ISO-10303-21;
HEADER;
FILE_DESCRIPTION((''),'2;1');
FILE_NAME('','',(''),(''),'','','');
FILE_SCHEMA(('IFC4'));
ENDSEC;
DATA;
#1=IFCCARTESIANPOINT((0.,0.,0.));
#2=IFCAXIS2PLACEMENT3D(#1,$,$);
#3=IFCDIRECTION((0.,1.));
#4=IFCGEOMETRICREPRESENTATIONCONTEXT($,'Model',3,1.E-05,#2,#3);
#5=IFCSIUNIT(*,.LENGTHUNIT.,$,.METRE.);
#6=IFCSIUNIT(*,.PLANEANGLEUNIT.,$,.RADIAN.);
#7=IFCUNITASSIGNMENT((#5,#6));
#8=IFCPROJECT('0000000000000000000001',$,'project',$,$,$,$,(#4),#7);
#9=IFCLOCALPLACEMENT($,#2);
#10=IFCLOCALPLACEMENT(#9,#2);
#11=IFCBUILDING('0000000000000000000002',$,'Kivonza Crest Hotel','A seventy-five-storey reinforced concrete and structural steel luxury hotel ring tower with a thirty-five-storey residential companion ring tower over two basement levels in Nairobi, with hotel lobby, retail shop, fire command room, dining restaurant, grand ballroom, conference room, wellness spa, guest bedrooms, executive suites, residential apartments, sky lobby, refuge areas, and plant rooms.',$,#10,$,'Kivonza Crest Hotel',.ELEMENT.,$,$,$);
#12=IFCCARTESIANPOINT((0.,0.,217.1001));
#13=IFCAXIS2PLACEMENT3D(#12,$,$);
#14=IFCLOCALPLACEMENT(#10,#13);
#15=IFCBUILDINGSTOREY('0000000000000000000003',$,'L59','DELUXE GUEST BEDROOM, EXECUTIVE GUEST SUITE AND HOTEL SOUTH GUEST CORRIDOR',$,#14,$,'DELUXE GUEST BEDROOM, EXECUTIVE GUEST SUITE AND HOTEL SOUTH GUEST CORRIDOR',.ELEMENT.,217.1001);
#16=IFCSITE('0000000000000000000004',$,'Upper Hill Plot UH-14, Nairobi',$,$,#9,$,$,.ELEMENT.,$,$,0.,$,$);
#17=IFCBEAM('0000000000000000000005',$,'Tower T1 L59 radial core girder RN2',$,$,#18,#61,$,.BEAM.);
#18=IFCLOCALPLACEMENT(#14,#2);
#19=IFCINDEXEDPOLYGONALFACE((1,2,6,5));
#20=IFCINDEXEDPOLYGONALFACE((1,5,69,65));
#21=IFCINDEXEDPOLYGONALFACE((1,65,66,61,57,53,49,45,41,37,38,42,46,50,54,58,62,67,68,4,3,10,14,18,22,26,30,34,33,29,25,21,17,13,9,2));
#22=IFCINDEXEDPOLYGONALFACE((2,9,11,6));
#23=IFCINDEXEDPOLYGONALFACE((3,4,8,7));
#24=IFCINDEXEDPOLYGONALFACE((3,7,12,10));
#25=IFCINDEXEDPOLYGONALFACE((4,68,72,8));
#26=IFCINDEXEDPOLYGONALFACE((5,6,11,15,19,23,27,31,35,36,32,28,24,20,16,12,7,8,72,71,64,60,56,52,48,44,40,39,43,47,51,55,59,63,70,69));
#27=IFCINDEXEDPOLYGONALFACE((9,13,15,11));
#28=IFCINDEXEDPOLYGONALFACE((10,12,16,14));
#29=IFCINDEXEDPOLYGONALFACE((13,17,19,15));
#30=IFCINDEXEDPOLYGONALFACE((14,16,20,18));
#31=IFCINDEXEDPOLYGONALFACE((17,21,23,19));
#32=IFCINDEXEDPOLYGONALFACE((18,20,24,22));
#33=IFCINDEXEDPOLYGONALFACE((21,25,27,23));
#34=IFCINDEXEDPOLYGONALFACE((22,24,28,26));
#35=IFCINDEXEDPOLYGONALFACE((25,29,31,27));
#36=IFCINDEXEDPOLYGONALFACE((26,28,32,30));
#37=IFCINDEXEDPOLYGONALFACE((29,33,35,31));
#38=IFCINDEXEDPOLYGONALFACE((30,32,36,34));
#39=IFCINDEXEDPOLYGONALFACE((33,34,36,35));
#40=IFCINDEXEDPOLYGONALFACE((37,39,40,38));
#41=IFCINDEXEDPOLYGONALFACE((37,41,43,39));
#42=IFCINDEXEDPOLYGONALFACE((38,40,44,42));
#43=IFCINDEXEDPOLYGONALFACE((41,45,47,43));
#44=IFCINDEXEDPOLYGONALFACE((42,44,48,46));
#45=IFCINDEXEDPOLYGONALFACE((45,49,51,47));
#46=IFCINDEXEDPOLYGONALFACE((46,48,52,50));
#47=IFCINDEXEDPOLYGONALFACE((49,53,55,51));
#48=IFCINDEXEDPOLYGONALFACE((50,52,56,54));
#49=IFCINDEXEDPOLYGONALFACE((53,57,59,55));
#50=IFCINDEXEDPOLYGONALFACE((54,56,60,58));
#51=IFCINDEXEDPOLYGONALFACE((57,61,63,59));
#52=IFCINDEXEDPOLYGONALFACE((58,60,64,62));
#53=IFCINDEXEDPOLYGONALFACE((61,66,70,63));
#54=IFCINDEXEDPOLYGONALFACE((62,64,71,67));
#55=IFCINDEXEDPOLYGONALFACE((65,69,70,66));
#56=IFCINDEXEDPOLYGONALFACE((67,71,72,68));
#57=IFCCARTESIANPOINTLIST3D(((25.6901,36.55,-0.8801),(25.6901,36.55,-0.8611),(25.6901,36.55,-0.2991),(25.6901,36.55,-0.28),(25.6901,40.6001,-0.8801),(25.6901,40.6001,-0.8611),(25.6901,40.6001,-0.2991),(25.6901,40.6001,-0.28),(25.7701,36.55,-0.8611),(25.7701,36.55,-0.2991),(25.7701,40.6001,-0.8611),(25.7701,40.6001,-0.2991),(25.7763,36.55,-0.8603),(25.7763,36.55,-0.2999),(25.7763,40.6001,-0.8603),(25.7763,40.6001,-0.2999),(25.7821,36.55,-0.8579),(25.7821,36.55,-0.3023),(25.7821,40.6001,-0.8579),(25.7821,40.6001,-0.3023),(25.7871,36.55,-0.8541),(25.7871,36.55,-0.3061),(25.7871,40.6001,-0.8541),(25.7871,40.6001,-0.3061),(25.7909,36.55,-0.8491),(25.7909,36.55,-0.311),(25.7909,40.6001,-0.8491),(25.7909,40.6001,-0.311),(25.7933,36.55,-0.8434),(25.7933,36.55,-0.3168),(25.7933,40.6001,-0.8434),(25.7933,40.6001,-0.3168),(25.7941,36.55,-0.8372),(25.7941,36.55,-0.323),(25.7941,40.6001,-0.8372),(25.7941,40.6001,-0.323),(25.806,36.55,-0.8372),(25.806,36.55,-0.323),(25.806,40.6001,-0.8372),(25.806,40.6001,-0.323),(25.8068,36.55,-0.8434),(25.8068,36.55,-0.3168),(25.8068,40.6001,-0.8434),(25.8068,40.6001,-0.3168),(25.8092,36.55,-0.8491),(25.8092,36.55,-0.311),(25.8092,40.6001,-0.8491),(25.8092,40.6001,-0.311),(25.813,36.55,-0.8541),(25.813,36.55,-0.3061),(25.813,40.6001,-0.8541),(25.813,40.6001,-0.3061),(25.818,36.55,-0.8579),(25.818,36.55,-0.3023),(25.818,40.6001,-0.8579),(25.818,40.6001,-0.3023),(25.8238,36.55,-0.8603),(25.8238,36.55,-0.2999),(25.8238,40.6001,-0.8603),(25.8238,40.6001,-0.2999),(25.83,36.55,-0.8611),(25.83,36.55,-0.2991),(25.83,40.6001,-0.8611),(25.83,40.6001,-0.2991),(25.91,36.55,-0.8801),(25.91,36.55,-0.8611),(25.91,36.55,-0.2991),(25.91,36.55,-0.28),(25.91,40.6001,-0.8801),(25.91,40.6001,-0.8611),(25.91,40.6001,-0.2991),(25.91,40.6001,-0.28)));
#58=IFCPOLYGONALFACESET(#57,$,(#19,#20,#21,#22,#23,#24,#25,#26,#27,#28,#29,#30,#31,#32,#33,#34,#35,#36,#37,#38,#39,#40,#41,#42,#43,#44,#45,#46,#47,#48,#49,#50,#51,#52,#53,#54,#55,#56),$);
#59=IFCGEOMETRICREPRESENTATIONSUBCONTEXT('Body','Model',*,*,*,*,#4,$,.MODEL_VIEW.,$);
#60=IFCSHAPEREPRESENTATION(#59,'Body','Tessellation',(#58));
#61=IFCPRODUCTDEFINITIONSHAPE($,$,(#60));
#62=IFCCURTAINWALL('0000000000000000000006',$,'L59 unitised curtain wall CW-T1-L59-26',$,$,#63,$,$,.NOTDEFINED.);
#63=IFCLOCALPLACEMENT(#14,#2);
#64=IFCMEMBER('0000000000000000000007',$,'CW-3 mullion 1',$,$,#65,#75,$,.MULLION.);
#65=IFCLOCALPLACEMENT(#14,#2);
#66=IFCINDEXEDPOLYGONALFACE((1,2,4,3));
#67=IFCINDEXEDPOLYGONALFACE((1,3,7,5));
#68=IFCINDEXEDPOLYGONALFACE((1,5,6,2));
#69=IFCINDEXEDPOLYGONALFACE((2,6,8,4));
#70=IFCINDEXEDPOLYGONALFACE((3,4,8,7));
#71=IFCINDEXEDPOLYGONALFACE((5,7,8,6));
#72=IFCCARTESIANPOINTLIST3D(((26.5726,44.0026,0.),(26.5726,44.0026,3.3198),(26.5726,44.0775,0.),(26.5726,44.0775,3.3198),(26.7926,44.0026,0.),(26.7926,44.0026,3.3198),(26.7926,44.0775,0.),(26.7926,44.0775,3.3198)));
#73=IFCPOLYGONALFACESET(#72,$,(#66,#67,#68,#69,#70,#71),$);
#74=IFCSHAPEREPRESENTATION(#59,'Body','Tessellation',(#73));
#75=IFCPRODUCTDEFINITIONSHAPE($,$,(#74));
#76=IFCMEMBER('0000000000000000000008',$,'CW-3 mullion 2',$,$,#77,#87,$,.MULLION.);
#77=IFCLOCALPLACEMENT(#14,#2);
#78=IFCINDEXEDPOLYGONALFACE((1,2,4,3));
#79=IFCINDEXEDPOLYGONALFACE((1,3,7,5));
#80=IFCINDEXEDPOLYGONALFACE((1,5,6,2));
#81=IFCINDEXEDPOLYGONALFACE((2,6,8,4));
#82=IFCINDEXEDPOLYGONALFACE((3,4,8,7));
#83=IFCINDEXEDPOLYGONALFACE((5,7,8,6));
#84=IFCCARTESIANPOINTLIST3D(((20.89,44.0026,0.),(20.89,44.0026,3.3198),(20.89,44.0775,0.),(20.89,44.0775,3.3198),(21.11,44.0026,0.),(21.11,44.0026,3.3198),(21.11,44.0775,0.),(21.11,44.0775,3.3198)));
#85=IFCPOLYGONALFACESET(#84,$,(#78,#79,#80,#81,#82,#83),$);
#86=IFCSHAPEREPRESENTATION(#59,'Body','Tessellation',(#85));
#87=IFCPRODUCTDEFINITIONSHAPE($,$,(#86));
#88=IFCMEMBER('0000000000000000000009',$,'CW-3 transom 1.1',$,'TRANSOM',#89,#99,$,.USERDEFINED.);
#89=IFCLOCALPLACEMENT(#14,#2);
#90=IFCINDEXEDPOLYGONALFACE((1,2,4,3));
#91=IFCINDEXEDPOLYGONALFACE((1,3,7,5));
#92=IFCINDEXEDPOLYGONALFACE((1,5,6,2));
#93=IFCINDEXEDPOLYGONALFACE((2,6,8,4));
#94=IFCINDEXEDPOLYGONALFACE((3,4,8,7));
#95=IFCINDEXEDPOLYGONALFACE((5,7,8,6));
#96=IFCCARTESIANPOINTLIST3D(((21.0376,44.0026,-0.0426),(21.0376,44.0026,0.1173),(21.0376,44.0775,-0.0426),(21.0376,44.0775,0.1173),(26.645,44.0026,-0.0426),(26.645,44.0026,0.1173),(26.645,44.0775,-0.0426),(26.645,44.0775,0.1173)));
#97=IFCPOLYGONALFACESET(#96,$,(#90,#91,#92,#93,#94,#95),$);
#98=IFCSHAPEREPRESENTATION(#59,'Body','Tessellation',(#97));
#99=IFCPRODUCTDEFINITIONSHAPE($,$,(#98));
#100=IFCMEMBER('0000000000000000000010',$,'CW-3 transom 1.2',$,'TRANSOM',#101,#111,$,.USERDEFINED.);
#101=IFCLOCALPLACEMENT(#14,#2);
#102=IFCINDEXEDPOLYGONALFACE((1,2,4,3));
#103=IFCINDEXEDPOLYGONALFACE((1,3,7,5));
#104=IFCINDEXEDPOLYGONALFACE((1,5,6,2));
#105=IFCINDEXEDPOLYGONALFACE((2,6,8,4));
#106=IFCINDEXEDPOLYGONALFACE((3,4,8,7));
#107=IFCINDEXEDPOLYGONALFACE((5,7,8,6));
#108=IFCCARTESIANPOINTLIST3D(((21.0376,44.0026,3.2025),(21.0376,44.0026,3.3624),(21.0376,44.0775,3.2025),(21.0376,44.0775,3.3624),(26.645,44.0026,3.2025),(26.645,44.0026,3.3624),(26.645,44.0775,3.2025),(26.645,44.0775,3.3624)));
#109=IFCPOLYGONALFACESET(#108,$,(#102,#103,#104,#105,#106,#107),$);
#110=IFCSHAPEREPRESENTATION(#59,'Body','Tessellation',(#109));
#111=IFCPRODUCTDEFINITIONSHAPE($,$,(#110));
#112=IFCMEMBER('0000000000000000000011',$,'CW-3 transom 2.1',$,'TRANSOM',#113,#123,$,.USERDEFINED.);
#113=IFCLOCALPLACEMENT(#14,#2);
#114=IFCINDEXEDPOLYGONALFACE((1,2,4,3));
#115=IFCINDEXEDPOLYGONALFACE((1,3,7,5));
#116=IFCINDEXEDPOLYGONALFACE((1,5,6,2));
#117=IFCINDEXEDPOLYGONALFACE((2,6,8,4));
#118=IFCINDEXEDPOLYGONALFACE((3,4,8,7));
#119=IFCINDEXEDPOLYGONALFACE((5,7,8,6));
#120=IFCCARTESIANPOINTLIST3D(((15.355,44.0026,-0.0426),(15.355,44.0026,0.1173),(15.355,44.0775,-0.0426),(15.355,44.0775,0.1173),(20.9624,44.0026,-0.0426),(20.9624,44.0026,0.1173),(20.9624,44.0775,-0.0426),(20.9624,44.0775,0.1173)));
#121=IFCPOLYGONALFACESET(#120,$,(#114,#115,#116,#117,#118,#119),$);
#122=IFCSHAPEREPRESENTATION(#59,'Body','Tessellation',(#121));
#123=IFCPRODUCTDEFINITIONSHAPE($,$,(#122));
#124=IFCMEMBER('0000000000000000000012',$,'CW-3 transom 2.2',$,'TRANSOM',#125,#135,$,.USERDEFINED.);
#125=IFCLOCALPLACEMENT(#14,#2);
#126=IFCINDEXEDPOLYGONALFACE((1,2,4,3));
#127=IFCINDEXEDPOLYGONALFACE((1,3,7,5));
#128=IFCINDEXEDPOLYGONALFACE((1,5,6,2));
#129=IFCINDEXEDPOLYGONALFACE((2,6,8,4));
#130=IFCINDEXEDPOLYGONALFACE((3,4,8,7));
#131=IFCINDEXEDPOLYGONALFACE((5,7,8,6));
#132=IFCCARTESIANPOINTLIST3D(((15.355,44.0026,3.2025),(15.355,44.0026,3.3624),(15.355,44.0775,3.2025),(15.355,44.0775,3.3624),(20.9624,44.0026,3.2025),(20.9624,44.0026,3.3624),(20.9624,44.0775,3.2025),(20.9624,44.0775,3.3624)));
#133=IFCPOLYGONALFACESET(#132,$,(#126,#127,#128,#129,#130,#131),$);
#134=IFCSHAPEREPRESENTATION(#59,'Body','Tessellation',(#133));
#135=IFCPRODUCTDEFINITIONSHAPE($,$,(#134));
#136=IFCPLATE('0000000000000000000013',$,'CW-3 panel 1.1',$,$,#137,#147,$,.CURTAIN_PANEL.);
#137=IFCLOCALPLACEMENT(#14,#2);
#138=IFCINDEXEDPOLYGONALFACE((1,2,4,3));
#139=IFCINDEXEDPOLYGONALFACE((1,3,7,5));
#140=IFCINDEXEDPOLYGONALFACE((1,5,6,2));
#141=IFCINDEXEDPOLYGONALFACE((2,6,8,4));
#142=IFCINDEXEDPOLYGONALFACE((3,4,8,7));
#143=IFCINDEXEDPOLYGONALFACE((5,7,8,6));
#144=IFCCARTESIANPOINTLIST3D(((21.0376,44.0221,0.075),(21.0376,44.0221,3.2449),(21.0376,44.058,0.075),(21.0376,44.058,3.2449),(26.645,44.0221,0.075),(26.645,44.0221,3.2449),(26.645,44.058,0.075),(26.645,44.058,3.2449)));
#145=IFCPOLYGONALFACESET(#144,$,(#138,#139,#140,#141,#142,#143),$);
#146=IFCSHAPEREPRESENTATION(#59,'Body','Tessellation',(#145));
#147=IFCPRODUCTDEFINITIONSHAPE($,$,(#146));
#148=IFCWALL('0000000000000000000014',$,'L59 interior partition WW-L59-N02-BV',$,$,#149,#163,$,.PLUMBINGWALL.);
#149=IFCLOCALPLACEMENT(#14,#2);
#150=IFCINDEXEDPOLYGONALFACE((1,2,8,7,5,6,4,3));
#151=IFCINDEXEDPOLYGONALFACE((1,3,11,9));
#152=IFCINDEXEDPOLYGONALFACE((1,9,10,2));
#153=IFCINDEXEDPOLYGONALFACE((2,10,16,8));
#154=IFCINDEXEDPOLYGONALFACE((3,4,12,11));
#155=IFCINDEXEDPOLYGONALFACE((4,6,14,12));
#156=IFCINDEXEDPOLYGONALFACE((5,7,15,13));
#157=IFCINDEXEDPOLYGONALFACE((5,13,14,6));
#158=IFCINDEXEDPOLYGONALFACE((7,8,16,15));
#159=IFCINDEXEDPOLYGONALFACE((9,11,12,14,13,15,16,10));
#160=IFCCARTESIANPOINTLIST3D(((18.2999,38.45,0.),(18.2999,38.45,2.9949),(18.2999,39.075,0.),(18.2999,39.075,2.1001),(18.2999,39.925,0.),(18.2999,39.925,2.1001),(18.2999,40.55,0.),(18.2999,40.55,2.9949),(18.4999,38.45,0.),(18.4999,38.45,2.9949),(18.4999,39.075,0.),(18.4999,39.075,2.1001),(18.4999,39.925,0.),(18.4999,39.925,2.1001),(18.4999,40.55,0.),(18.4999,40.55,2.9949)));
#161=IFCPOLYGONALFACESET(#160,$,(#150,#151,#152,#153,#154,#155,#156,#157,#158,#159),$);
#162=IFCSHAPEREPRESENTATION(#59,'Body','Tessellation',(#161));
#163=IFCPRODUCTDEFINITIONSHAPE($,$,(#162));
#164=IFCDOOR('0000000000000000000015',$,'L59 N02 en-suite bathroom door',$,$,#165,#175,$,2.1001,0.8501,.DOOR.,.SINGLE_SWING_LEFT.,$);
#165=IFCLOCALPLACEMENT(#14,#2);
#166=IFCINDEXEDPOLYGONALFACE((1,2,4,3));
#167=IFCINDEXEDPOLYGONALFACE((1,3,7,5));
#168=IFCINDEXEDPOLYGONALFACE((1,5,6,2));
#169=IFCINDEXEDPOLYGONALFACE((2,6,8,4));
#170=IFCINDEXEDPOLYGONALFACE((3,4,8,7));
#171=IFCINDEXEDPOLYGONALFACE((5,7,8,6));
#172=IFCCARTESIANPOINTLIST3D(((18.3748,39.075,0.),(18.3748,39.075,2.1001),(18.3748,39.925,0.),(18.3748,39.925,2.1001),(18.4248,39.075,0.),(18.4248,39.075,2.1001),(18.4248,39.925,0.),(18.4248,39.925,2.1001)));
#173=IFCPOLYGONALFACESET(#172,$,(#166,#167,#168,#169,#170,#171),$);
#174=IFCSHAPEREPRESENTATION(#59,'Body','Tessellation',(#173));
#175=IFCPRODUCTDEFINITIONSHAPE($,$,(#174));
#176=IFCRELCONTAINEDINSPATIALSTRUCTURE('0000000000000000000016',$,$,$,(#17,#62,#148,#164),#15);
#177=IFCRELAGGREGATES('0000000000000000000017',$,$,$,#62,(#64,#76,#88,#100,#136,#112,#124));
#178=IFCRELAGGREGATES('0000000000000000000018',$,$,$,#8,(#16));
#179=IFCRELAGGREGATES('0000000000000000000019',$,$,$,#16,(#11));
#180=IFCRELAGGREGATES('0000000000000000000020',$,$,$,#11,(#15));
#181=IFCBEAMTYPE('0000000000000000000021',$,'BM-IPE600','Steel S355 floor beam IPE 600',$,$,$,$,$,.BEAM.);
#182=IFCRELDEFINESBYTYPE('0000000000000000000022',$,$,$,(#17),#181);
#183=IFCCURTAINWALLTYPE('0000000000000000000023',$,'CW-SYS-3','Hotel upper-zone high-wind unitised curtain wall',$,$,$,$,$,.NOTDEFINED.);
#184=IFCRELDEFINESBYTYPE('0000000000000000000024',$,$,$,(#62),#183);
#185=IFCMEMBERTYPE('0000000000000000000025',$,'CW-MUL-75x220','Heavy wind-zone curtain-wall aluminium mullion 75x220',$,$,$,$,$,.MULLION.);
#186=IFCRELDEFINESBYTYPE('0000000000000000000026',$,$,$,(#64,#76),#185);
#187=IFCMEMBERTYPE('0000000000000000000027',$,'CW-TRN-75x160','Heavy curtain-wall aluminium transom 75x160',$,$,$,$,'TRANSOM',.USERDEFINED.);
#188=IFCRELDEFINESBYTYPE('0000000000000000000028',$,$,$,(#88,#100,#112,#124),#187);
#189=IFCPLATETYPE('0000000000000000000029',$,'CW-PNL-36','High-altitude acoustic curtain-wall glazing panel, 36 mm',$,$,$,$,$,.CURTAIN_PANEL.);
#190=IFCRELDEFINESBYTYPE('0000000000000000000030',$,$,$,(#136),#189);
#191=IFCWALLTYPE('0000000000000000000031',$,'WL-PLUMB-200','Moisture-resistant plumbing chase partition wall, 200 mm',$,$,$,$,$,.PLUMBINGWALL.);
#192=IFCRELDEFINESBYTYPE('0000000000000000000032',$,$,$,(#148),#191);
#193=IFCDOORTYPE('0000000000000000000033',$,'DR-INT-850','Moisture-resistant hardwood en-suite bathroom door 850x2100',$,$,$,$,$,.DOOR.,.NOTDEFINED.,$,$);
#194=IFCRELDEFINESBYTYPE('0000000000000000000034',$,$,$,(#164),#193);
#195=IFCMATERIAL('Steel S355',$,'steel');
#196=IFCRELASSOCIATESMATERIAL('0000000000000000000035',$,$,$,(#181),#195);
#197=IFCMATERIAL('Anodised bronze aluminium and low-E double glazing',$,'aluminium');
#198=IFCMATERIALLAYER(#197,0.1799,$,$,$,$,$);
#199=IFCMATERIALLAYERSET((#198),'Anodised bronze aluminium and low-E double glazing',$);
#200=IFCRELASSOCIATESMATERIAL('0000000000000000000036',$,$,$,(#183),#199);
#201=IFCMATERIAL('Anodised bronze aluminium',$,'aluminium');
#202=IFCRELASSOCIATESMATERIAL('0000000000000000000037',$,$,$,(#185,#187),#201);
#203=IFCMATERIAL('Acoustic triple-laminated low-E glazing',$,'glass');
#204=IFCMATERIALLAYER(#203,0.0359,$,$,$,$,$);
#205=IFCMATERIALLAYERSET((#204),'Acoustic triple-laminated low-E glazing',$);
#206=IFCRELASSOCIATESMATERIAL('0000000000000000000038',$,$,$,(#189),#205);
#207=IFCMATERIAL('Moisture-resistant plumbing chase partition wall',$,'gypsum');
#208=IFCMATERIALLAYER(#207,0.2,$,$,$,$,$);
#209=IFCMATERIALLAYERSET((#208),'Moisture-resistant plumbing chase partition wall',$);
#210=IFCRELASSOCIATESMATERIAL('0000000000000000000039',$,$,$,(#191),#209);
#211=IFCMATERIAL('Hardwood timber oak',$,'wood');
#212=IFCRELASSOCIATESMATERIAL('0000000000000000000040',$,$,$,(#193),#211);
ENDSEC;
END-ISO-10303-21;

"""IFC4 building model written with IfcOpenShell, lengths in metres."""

from ifc_helpers import new_model, si_unit, direction, frame, frame_2d, origin, origin_2d, place, context, subcontext, project, spatial, rectangle, i_section, extrude, material, layer, layer_set, material_profile, profile_set, type_object, element, fill, aggregate, save


model = new_model("IFC4")

# Units and contexts
model_context = context("Model", 3, precision=1e-05, world=origin(), true_north=direction((0.0, 1.0)))
body_context = subcontext(model_context, "Body", "Model", "MODEL_VIEW")
ifc_project = project(units=[si_unit("LENGTHUNIT", "METRE"), si_unit("PLANEANGLEUNIT", "RADIAN")], contexts=[model_context])

# Site, building, storey
site_placement = place(None, origin())
site = spatial("IfcSite", under=ifc_project, at=site_placement, Name="Upper Hill Plot UH-14, Nairobi", CompositionType="ELEMENT", RefElevation=0.0)
building_placement = place(site_placement, origin())
building = spatial("IfcBuilding", under=site, at=building_placement, Name="Kivonza Crest Hotel", Description="A seventy-five-storey reinforced concrete and structural steel luxury hotel ring tower with a thirty-five-storey residential companion ring tower over two basement levels in Nairobi, with hotel lobby, retail shop, fire command room, dining restaurant, grand ballroom, conference room, wellness spa, guest bedrooms, executive suites, residential apartments, sky lobby, refuge areas, and plant rooms.", LongName="Kivonza Crest Hotel", CompositionType="ELEMENT")
storey_placement = place(building_placement, frame((0.0, 0.0, 217.1001)))
storey = spatial("IfcBuildingStorey", under=building, at=storey_placement, Name="L59", Description="DELUXE GUEST BEDROOM, EXECUTIVE GUEST SUITE AND HOTEL SOUTH GUEST CORRIDOR", LongName="DELUXE GUEST BEDROOM, EXECUTIVE GUEST SUITE AND HOTEL SOUTH GUEST CORRIDOR", CompositionType="ELEMENT", Elevation=217.1001)

# Beam
ifc_material_1 = material(Name="Steel S355", Category="steel")
ifc_material_profile_1 = material_profile(ifc_material_1, i_section(OverallWidth=0.22, OverallDepth=0.6001, WebThickness=0.012, FlangeThickness=0.019, FilletRadius=0.0239, at=origin_2d()), Name="IPE 600")
ifc_profile_set_1 = profile_set([ifc_material_profile_1], Name="Steel S355")
beam_type_1 = type_object("IfcBeamType", Name="BM-IPE600", Description="Steel S355 floor beam IPE 600", PredefinedType="BEAM", material=ifc_profile_set_1)
beam_1_placement = place(storey_placement, frame((25.8, 40.6001, -0.5801), z_axis=(0.0, -1.0, 0.0), x_axis=(1.0, 0.0, 0.0)))
element("IfcBeam", 1, at=beam_1_placement, inside=storey, type_object=beam_type_1, Name="Tower T1 L59 radial core girder RN2", PredefinedType="BEAM", context=body_context, shape_type="SweptSolid", body=[
    extrude(i_section(OverallWidth=0.22, OverallDepth=0.6001, WebThickness=0.012, FlangeThickness=0.019, FilletRadius=0.0239, at=origin_2d()), origin(), (0.0, 0.0, 1.0), 4.05),
])

# Curtain wall, members, plate
ifc_material_2 = material(Name="Anodised bronze aluminium and low-E double glazing", Category="aluminium")
ifc_layer_1 = layer(ifc_material_2, 0.1799)
ifc_layer_set_1 = layer_set([ifc_layer_1], Name="Anodised bronze aluminium and low-E double glazing")
curtain_wall_type = type_object("IfcCurtainWallType", Name="CW-SYS-3", Description="Hotel upper-zone high-wind unitised curtain wall", PredefinedType="NOTDEFINED", material=ifc_layer_set_1)
curtain_wall_placement = place(storey_placement, origin())
curtain_wall = element("IfcCurtainWall", 2, at=curtain_wall_placement, inside=storey, type_object=curtain_wall_type, Name="L59 unitised curtain wall CW-T1-L59-26", PredefinedType="NOTDEFINED")
ifc_material_3 = material(Name="Anodised bronze aluminium", Category="aluminium")
ifc_material_profile_2 = material_profile(ifc_material_3, rectangle(XDim=0.075, YDim=0.22, at=origin_2d()), Name="CW-M 75x220")
ifc_profile_set_2 = profile_set([ifc_material_profile_2], Name="Anodised bronze aluminium")
member_type_1 = type_object("IfcMemberType", Name="CW-MUL-75x220", Description="Heavy wind-zone curtain-wall aluminium mullion 75x220", PredefinedType="MULLION", material=ifc_profile_set_2)
member_1_placement = place(storey_placement, frame((26.6826, 44.04, 0.0), z_axis=(0.0, 0.0, 1.0), x_axis=(0.0, -1.0, 0.0)))
member_1 = element("IfcMember", 3, at=member_1_placement, type_object=member_type_1, Name="CW-3 mullion 1", PredefinedType="MULLION", context=body_context, shape_type="SweptSolid", body=[
    extrude(rectangle(XDim=0.075, YDim=0.22, at=origin_2d()), origin(), (0.0, 0.0, 1.0), 3.3198),
])
member_2_placement = place(storey_placement, frame((21.0, 44.04, 0.0), z_axis=(0.0, 0.0, 1.0), x_axis=(0.0, -1.0, 0.0)))
member_2 = element("IfcMember", 4, at=member_2_placement, type_object=member_type_1, Name="CW-3 mullion 2", PredefinedType="MULLION", context=body_context, shape_type="SweptSolid", body=[
    extrude(rectangle(XDim=0.075, YDim=0.22, at=origin_2d()), origin(), (0.0, 0.0, 1.0), 3.3198),
])
ifc_material_profile_3 = material_profile(ifc_material_3, rectangle(XDim=0.075, YDim=0.1599, at=origin_2d()), Name="CW-T 75x160")
ifc_profile_set_3 = profile_set([ifc_material_profile_3], Name="Anodised bronze aluminium")
member_type_2 = type_object("IfcMemberType", Name="CW-TRN-75x160", Description="Heavy curtain-wall aluminium transom 75x160", ElementType="TRANSOM", PredefinedType="USERDEFINED", material=ifc_profile_set_3)
member_3_placement = place(storey_placement, frame((26.645, 44.04, 0.0374), z_axis=(-1.0, 0.0, 0.0), x_axis=(0.0, -1.0, 0.0)))
member_3 = element("IfcMember", 5, at=member_3_placement, type_object=member_type_2, Name="CW-3 transom 1.1", ObjectType="TRANSOM", PredefinedType="USERDEFINED", context=body_context, shape_type="SweptSolid", body=[
    extrude(rectangle(XDim=0.075, YDim=0.1599, at=origin_2d()), origin(), (0.0, 0.0, 1.0), 5.6074),
])
member_4_placement = place(storey_placement, frame((26.645, 44.04, 3.2825), z_axis=(-1.0, 0.0, 0.0), x_axis=(0.0, -1.0, 0.0)))
member_4 = element("IfcMember", 6, at=member_4_placement, type_object=member_type_2, Name="CW-3 transom 1.2", ObjectType="TRANSOM", PredefinedType="USERDEFINED", context=body_context, shape_type="SweptSolid", body=[
    extrude(rectangle(XDim=0.075, YDim=0.1599, at=origin_2d()), origin(), (0.0, 0.0, 1.0), 5.6074),
])
member_5_placement = place(storey_placement, frame((20.9624, 44.04, 0.0374), z_axis=(-1.0, 0.0, 0.0), x_axis=(0.0, -1.0, 0.0)))
member_5 = element("IfcMember", 7, at=member_5_placement, type_object=member_type_2, Name="CW-3 transom 2.1", ObjectType="TRANSOM", PredefinedType="USERDEFINED", context=body_context, shape_type="SweptSolid", body=[
    extrude(rectangle(XDim=0.075, YDim=0.1599, at=origin_2d()), origin(), (0.0, 0.0, 1.0), 5.6074),
])
member_6_placement = place(storey_placement, frame((20.9624, 44.04, 3.2825), z_axis=(-1.0, 0.0, 0.0), x_axis=(0.0, -1.0, 0.0)))
member_6 = element("IfcMember", 8, at=member_6_placement, type_object=member_type_2, Name="CW-3 transom 2.2", ObjectType="TRANSOM", PredefinedType="USERDEFINED", context=body_context, shape_type="SweptSolid", body=[
    extrude(rectangle(XDim=0.075, YDim=0.1599, at=origin_2d()), origin(), (0.0, 0.0, 1.0), 5.6074),
])
ifc_material_4 = material(Name="Acoustic triple-laminated low-E glazing", Category="glass")
ifc_layer_2 = layer(ifc_material_4, 0.0359)
ifc_layer_set_2 = layer_set([ifc_layer_2], Name="Acoustic triple-laminated low-E glazing")
plate_type = type_object("IfcPlateType", Name="CW-PNL-36", Description="High-altitude acoustic curtain-wall glazing panel, 36 mm", PredefinedType="CURTAIN_PANEL", material=ifc_layer_set_2)
plate_placement = place(storey_placement, frame((23.8413, 44.04, 0.075), z_axis=(0.0, 0.0, 1.0), x_axis=(-1.0, 0.0, 0.0)))
plate = element("IfcPlate", 9, at=plate_placement, type_object=plate_type, Name="CW-3 panel 1.1", PredefinedType="CURTAIN_PANEL", context=body_context, shape_type="SweptSolid", body=[
    extrude(rectangle(XDim=5.6074, YDim=0.0359, at=origin_2d()), origin(), (0.0, 0.0, 1.0), 3.1699),
])
aggregate(curtain_wall, [member_1, member_2, member_3, member_4, plate, member_5, member_6])

# Wall, opening, door
ifc_material_5 = material(Name="Moisture-resistant plumbing chase partition wall", Category="gypsum")
ifc_layer_3 = layer(ifc_material_5, 0.2)
ifc_layer_set_3 = layer_set([ifc_layer_3], Name="Moisture-resistant plumbing chase partition wall")
wall_type = type_object("IfcWallType", Name="WL-PLUMB-200", Description="Moisture-resistant plumbing chase partition wall, 200 mm", PredefinedType="PLUMBINGWALL", material=ifc_layer_set_3)
wall_placement = place(storey_placement, frame((18.3999, 38.45, 0.0), z_axis=(0.0, 0.0, 1.0), x_axis=(0.0, 1.0, 0.0)))
wall = element("IfcWall", 10, at=wall_placement, inside=storey, type_object=wall_type, Name="L59 interior partition WW-L59-N02-BV", PredefinedType="PLUMBINGWALL", context=body_context, shape_type="SweptSolid", body=[
    extrude(rectangle(XDim=2.1001, YDim=0.2, at=frame_2d((1.05, 0.0))), origin(), (0.0, 0.0, 1.0), 2.9949),
])
opening_placement = place(wall_placement, frame((0.625, 0.0, 0.0)))
opening = element("IfcOpeningElement", 11, at=opening_placement, cuts=wall, PredefinedType="OPENING", context=body_context, shape_type="SweptSolid", body=[
    extrude(rectangle(XDim=0.8501, YDim=2.1001, at=frame_2d((0.425, 1.05))), frame((0.0, 0.1099, 0.0), z_axis=(0.0, -1.0, 0.0), x_axis=(1.0, 0.0, 0.0)), (0.0, 0.0, 1.0), 0.22),
])
ifc_material_6 = material(Name="Hardwood timber oak", Category="wood")
door_type = type_object("IfcDoorType", Name="DR-INT-850", Description="Moisture-resistant hardwood en-suite bathroom door 850x2100", OperationType="NOTDEFINED", PredefinedType="DOOR", material=ifc_material_6)
door_placement = place(opening_placement, frame((0.8501, 0.0, 0.0), z_axis=(0.0, 0.0, 1.0), x_axis=(-1.0, 0.0, 0.0)))
door = element("IfcDoor", 12, at=door_placement, inside=storey, type_object=door_type, Name="L59 N02 en-suite bathroom door", OperationType="SINGLE_SWING_LEFT", OverallHeight=2.1001, OverallWidth=0.8501, PredefinedType="DOOR", context=body_context, shape_type="SweptSolid", body=[
    extrude(rectangle(XDim=0.8501, YDim=2.1001, at=frame_2d((0.425, 1.05))), frame((0.0, 0.0249, 0.0), z_axis=(0.0, -1.0, 0.0), x_axis=(1.0, 0.0, 0.0)), (0.0, 0.0, 1.0), 0.05),
])
fill(opening, door)

save(model, "model.ifc")
